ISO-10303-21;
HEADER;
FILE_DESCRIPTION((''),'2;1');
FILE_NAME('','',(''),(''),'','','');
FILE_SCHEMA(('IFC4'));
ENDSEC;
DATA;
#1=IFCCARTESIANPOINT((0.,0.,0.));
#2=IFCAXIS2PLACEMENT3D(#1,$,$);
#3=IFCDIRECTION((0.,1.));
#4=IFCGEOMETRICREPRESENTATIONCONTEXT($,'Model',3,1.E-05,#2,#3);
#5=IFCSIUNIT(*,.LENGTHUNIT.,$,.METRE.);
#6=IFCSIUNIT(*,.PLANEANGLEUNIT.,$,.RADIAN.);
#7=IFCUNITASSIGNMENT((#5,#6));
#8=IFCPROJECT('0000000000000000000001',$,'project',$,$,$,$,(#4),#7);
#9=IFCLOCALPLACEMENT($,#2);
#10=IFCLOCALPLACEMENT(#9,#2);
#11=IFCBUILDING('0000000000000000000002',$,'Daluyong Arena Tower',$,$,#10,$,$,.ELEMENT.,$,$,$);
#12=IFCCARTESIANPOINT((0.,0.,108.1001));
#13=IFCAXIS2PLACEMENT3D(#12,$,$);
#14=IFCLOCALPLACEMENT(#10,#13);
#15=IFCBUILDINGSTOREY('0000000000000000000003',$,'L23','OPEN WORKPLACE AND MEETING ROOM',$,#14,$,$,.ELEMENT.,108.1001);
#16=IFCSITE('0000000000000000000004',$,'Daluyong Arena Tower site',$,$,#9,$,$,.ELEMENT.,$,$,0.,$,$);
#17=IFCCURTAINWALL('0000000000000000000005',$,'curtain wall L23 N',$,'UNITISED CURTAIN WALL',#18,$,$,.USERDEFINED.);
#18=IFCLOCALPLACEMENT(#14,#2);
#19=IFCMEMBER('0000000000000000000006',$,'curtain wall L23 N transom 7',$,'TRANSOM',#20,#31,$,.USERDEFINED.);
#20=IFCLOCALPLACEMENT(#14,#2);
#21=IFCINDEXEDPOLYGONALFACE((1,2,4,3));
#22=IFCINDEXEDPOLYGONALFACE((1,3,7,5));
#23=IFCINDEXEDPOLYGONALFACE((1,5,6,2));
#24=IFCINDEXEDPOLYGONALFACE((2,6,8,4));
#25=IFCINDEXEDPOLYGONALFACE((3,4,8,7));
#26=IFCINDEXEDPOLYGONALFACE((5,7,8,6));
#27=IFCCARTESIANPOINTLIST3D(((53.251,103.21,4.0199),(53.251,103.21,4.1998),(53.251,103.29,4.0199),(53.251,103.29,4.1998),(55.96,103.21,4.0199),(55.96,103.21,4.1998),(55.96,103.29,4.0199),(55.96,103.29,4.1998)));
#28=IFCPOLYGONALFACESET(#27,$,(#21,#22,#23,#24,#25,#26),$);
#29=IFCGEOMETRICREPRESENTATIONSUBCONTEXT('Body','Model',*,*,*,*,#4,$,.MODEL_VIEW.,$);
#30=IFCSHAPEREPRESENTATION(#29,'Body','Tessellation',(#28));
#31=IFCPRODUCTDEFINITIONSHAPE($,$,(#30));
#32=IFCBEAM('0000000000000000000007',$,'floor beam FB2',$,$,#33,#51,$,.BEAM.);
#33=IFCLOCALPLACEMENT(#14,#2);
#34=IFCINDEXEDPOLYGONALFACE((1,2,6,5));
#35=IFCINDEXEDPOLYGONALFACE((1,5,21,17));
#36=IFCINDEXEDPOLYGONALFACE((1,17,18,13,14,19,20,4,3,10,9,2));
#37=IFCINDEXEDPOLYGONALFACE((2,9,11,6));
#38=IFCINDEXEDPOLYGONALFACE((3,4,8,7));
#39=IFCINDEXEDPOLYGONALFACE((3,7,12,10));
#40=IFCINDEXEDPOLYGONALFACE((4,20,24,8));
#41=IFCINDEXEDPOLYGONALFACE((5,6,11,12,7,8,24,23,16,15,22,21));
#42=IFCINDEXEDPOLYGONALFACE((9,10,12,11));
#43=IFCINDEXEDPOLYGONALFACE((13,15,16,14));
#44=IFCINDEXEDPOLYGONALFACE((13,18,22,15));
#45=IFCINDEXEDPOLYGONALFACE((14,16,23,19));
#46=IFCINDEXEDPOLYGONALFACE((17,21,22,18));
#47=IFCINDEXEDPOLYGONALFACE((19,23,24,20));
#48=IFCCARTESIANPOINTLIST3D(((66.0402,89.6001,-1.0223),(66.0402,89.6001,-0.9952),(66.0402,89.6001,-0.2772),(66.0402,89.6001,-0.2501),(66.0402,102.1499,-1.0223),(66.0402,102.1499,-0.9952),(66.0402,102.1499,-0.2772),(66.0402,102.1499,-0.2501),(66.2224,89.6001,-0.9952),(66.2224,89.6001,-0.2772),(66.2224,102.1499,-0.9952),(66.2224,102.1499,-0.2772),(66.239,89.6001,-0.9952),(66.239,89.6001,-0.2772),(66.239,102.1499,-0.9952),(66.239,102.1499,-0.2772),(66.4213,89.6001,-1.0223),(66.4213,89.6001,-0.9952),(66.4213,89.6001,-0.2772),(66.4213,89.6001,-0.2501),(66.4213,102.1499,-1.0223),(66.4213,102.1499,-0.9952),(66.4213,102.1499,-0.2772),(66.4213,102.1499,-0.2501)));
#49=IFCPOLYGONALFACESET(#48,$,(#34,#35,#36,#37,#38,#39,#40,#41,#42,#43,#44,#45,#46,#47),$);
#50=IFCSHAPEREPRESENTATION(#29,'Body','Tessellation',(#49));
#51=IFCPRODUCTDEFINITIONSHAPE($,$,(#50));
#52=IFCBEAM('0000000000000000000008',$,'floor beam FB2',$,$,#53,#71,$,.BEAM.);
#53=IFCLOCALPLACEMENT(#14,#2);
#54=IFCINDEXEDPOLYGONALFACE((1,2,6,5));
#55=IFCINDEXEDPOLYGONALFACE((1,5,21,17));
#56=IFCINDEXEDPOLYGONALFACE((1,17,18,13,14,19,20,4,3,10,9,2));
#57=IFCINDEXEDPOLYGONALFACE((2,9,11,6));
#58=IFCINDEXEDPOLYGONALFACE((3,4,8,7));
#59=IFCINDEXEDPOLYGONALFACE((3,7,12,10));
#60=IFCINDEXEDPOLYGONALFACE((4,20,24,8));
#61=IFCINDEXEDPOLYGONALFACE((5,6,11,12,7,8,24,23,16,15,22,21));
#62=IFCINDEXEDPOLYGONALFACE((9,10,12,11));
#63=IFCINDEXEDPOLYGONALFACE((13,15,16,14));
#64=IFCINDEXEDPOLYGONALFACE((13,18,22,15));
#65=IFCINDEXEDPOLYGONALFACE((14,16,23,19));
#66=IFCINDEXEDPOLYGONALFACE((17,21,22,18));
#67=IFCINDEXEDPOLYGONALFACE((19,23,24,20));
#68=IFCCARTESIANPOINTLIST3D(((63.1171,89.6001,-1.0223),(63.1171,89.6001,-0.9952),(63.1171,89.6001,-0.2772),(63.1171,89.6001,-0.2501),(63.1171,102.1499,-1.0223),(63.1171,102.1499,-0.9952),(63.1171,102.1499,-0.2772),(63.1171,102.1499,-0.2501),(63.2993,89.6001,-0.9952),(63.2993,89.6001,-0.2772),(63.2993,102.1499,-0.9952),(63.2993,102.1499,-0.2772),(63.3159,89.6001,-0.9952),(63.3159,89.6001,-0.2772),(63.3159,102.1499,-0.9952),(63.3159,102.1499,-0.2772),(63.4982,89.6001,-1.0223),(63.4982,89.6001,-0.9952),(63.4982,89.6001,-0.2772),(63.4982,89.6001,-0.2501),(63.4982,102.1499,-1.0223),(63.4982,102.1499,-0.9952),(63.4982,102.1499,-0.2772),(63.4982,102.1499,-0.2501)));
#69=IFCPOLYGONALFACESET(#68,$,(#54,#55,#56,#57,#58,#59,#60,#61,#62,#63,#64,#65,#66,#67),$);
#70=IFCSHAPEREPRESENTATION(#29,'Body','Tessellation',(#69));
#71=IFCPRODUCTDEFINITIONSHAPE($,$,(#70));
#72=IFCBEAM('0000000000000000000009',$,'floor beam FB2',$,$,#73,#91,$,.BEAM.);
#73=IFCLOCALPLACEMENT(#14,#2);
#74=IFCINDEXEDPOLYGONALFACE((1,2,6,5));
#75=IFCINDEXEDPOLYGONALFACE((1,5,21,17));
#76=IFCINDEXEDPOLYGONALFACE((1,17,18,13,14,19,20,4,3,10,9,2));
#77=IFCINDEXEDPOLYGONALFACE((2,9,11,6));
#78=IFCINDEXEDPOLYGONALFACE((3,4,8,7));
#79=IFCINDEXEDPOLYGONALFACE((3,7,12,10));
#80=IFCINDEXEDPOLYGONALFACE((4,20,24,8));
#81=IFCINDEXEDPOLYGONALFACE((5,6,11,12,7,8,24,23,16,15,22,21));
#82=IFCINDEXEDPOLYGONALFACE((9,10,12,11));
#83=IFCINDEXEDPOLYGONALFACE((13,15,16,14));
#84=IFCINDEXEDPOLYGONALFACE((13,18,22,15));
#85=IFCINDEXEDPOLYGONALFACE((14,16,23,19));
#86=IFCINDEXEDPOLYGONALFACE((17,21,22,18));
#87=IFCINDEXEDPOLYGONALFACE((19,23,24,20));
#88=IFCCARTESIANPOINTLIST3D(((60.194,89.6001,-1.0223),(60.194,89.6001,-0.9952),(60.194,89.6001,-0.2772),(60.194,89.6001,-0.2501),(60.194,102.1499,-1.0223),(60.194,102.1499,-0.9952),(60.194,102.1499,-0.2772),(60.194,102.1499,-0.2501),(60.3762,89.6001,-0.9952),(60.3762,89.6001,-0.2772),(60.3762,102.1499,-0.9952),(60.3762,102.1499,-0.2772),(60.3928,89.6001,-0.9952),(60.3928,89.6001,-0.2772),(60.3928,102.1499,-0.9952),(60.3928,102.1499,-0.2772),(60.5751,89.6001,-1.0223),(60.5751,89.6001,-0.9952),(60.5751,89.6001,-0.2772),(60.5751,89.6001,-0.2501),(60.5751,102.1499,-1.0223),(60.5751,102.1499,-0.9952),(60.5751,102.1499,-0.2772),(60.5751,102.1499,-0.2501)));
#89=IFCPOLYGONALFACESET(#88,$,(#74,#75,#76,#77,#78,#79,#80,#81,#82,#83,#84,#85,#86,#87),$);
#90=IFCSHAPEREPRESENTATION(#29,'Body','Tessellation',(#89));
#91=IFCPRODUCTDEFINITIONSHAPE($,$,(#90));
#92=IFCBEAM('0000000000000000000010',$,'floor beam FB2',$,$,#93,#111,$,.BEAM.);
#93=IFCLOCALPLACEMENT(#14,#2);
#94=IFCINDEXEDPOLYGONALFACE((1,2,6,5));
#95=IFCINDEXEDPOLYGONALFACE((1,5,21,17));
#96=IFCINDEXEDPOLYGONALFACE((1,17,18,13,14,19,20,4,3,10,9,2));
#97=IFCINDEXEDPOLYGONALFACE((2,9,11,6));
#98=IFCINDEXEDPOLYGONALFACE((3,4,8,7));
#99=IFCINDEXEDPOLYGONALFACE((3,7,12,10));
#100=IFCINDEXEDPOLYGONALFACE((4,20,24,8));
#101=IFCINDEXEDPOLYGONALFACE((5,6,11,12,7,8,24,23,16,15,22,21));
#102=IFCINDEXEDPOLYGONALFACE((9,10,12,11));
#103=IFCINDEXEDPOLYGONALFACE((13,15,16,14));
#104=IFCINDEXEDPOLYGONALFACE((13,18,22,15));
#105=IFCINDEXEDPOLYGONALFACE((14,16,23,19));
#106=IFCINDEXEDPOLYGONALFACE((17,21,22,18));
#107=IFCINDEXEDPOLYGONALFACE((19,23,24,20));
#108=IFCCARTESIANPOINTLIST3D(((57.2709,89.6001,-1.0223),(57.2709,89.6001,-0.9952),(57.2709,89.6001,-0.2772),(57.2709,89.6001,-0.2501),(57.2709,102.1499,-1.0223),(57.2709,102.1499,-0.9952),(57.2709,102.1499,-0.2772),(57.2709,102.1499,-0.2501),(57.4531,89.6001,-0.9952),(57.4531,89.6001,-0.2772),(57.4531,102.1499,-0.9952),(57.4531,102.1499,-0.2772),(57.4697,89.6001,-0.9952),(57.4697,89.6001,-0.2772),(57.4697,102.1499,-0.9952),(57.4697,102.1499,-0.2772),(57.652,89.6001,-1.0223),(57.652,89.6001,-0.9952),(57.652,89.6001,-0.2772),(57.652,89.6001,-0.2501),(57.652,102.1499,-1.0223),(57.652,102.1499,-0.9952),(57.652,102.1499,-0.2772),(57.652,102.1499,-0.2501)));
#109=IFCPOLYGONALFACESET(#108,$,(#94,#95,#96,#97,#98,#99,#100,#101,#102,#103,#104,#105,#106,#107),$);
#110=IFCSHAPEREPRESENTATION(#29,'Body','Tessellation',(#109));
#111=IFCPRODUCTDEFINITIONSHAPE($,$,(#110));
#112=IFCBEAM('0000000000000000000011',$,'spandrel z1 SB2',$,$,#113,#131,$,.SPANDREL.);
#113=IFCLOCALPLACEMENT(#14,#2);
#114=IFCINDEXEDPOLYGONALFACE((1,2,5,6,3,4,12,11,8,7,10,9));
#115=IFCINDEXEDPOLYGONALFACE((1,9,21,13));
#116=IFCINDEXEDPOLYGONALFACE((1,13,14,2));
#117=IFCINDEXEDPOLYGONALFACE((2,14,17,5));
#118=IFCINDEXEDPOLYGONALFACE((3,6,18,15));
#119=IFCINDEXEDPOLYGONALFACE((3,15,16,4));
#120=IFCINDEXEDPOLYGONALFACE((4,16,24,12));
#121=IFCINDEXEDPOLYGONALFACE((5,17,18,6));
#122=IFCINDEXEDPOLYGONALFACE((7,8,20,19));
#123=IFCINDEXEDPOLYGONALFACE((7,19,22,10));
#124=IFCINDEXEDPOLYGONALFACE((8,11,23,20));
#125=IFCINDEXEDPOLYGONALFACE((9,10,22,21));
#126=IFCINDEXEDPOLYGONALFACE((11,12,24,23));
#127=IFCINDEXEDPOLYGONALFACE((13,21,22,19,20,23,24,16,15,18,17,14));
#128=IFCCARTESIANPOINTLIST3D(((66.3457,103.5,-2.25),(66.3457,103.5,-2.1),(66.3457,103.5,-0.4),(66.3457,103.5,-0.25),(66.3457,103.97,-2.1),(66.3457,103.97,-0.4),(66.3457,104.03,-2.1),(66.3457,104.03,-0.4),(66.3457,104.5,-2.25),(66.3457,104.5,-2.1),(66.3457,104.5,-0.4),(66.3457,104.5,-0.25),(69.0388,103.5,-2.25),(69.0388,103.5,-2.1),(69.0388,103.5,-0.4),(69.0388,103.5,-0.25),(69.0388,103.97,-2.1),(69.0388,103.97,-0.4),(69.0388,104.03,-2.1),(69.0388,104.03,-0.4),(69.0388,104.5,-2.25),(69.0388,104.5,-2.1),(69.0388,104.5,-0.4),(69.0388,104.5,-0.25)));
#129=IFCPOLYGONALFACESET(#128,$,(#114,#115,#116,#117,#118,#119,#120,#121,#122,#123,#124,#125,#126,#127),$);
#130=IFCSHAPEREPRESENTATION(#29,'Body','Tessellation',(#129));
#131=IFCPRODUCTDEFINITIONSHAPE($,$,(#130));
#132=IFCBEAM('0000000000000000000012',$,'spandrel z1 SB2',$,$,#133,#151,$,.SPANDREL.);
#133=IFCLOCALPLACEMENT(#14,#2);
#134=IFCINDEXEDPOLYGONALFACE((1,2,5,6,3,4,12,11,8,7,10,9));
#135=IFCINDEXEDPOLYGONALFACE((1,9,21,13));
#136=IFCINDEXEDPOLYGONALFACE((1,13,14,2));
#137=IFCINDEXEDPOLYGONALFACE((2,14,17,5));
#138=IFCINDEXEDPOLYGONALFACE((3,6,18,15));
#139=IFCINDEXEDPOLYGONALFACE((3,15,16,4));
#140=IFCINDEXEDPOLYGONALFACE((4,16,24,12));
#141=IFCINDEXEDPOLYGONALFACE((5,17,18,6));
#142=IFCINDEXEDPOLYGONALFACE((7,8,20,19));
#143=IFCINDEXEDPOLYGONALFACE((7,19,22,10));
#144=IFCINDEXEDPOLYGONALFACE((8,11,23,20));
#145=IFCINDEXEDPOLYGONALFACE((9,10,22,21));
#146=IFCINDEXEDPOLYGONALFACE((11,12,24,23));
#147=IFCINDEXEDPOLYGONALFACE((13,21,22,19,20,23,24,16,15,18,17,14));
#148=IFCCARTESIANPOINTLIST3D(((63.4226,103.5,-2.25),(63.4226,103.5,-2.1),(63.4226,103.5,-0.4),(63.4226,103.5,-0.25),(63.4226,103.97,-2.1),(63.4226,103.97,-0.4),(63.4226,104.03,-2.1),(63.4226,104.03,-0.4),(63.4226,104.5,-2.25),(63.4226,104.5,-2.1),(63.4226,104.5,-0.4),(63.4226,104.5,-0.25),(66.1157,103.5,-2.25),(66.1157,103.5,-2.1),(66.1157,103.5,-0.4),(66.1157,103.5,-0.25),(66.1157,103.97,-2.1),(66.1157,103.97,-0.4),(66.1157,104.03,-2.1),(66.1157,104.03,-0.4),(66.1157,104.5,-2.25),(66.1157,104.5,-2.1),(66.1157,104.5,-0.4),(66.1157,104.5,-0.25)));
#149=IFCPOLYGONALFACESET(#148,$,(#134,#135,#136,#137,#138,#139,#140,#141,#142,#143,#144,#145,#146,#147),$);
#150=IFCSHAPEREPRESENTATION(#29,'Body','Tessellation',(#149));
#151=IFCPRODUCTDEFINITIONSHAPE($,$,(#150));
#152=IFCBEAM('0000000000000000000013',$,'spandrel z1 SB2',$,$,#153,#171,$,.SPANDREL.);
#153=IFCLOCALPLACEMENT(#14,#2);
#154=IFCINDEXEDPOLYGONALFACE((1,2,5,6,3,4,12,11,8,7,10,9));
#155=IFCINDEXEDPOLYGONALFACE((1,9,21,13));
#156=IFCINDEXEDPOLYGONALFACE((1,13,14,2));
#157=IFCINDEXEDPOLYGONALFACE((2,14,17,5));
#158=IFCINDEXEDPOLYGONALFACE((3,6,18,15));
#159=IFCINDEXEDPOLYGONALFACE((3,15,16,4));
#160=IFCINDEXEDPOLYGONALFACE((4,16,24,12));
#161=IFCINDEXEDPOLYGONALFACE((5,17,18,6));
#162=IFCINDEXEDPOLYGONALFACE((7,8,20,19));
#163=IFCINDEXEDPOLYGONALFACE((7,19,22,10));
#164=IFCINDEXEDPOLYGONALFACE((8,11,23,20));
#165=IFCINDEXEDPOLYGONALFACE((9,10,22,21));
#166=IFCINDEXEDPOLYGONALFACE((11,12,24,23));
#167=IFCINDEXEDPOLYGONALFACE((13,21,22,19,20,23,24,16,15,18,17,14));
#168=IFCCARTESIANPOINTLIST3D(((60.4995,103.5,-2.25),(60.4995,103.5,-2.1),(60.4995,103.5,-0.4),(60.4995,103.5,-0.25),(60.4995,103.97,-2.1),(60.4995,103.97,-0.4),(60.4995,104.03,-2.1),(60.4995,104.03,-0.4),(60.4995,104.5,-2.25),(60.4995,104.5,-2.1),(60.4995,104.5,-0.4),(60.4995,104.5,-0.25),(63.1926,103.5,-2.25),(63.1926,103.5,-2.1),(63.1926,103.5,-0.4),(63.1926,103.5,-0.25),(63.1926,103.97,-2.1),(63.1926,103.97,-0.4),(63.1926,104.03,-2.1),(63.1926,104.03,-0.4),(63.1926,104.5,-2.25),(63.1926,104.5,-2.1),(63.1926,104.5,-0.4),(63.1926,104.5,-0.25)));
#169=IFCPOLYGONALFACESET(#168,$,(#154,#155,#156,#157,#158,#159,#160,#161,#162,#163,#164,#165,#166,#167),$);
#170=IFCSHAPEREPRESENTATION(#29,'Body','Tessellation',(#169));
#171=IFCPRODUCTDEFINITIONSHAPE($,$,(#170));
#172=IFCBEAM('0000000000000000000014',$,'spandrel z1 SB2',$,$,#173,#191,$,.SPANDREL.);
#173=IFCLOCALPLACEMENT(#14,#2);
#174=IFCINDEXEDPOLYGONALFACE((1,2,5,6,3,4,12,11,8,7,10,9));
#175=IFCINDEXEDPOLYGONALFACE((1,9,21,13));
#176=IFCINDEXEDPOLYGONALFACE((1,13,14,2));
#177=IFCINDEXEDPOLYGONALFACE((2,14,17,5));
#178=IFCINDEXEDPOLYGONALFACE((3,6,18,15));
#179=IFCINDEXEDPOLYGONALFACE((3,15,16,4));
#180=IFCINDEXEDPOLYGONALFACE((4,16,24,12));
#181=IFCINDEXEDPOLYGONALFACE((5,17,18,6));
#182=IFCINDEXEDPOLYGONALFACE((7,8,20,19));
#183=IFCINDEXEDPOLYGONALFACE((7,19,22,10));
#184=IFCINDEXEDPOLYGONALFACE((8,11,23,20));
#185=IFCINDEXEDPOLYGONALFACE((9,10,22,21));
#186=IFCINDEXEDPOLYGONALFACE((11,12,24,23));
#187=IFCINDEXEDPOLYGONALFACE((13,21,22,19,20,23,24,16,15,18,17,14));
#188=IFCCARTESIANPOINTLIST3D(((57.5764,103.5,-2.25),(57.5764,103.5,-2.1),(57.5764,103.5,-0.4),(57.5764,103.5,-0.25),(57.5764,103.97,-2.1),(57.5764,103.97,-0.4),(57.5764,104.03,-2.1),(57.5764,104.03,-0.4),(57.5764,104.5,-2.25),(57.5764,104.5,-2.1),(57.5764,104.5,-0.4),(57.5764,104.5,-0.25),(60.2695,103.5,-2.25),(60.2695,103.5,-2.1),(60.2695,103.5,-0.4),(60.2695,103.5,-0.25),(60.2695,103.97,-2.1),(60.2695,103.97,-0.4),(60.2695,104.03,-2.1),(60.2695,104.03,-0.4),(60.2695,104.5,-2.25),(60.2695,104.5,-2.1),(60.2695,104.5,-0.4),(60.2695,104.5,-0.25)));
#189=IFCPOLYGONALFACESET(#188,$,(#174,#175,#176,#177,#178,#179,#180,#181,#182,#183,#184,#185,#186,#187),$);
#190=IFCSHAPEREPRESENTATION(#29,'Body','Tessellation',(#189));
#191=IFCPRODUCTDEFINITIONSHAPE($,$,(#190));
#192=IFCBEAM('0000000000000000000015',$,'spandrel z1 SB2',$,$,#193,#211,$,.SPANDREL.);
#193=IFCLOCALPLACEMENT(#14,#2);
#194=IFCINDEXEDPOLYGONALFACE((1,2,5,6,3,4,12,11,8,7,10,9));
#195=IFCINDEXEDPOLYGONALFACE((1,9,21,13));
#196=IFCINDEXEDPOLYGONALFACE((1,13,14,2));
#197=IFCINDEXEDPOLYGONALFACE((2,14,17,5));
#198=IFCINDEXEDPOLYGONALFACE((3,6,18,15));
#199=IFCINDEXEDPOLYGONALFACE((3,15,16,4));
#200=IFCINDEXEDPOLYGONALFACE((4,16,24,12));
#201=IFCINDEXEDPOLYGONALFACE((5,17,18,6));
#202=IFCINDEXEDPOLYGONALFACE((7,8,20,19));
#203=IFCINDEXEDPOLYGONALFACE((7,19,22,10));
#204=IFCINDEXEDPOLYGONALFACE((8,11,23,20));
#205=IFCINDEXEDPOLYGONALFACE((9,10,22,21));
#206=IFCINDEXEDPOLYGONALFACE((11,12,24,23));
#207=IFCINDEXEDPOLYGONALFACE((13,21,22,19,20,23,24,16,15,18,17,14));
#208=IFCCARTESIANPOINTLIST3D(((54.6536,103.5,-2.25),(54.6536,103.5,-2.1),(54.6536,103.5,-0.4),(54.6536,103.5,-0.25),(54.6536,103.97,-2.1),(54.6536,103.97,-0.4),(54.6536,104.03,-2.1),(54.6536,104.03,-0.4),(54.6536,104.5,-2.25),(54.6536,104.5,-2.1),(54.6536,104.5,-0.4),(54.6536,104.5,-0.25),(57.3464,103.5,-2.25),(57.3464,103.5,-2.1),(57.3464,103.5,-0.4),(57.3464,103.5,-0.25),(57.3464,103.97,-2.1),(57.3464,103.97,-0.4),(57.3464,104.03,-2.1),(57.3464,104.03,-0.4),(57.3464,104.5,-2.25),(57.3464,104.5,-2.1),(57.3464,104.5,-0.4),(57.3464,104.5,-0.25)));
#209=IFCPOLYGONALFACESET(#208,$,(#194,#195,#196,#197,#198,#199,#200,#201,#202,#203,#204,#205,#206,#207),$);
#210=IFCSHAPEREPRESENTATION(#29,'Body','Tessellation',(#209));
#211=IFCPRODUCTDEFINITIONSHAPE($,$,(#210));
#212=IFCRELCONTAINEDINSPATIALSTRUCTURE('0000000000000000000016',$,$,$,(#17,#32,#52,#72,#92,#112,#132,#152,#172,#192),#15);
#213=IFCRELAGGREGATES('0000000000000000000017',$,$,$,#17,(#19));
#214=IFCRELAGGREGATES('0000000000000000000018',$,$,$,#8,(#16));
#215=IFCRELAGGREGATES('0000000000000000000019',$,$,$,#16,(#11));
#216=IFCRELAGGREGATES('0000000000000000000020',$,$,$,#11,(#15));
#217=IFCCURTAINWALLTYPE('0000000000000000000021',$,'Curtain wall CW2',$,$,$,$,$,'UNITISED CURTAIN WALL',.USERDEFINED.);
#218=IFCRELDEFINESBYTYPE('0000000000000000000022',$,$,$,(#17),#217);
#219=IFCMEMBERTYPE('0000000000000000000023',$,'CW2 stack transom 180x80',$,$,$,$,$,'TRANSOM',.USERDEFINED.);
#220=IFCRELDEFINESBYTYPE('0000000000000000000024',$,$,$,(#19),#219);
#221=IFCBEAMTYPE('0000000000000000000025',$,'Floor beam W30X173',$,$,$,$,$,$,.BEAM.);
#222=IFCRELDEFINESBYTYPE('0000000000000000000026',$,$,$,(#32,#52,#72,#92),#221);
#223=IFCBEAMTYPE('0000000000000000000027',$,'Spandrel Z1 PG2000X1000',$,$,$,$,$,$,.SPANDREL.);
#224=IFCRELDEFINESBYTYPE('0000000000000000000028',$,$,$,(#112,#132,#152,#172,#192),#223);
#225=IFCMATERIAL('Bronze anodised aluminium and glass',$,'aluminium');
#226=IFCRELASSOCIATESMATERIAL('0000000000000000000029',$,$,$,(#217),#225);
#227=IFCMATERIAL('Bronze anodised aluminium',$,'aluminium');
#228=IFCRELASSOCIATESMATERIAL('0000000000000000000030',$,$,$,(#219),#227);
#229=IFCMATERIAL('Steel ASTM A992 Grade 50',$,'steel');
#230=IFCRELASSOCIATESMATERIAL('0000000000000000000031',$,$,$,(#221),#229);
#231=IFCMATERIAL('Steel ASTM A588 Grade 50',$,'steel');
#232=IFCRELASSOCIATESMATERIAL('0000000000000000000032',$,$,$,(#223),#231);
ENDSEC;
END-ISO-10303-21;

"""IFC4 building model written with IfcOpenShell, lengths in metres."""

from ifc_helpers import new_model, si_unit, direction, frame, origin, origin_2d, place, context, subcontext, project, spatial, rectangle, i_section, extrude, material, material_profile, profile_set, type_object, element, aggregate, save


model = new_model("IFC4")

# Units and contexts
model_context = context("Model", 3, precision=1e-05, world=origin(), true_north=direction((0.0, 1.0)))
body_context = subcontext(model_context, "Body", "Model", "MODEL_VIEW")
ifc_project = project(units=[si_unit("LENGTHUNIT", "METRE"), si_unit("PLANEANGLEUNIT", "RADIAN")], contexts=[model_context])

# Site, building, storey
site_placement = place(None, origin())
site = spatial("IfcSite", under=ifc_project, at=site_placement, Name="Daluyong Arena Tower site", CompositionType="ELEMENT", RefElevation=0.0)
building_placement = place(site_placement, origin())
building = spatial("IfcBuilding", under=site, at=building_placement, Name="Daluyong Arena Tower", CompositionType="ELEMENT")
storey_placement = place(building_placement, frame((0.0, 0.0, 108.1001)))
storey = spatial("IfcBuildingStorey", under=building, at=storey_placement, Name="L23", Description="OPEN WORKPLACE AND MEETING ROOM", CompositionType="ELEMENT", Elevation=108.1001)

# Curtain wall, member
ifc_material_1 = material(Name="Bronze anodised aluminium and glass", Category="aluminium")
curtain_wall_type = type_object("IfcCurtainWallType", Name="Curtain wall CW2", ElementType="UNITISED CURTAIN WALL", PredefinedType="USERDEFINED", material=ifc_material_1)
curtain_wall_placement = place(storey_placement, origin())
curtain_wall = element("IfcCurtainWall", 1, at=curtain_wall_placement, inside=storey, type_object=curtain_wall_type, Name="curtain wall L23 N", ObjectType="UNITISED CURTAIN WALL", PredefinedType="USERDEFINED")
ifc_material_2 = material(Name="Bronze anodised aluminium", Category="aluminium")
ifc_material_profile_1 = material_profile(ifc_material_2, rectangle(XDim=0.0801, YDim=0.1799, at=origin_2d()))
ifc_profile_set_1 = profile_set([ifc_material_profile_1], Name="Bronze anodised aluminium")
member_type_1 = type_object("IfcMemberType", Name="CW2 stack transom 180x80", ElementType="TRANSOM", PredefinedType="USERDEFINED", material=ifc_profile_set_1)
member_1_placement = place(storey_placement, frame((55.96, 103.25, 4.1099), z_axis=(-1.0, 0.0, 0.0), x_axis=(0.0, -1.0, 0.0)))
member_1 = element("IfcMember", 2, at=member_1_placement, type_object=member_type_1, Name="curtain wall L23 N transom 7", ObjectType="TRANSOM", PredefinedType="USERDEFINED", context=body_context, shape_type="SweptSolid", body=[
    extrude(rectangle(XDim=0.0801, YDim=0.1799, at=origin_2d()), origin(), (0.0, 0.0, 1.0), 2.709),
])

# Beams
ifc_material_3 = material(Name="Steel ASTM A992 Grade 50", Category="steel")
ifc_material_profile_2 = material_profile(ifc_material_3, i_section(OverallWidth=0.3811, OverallDepth=0.7722, WebThickness=0.0166, FlangeThickness=0.0271, at=origin_2d()))
ifc_profile_set_2 = profile_set([ifc_material_profile_2], Name="Steel ASTM A992 Grade 50")
beam_type_1 = type_object("IfcBeamType", Name="Floor beam W30X173", PredefinedType="BEAM", material=ifc_profile_set_2)
for number, where, z_axis, x_axis, name in (
    (3, (66.2307, 102.1499, -0.6362), (0.0, -1.0, 0.0), (1.0, 0.0, 0.0), "floor beam FB2"),
    (4, (63.3076, 102.1499, -0.6362), (0.0, -1.0, 0.0), (1.0, 0.0, 0.0), "floor beam FB2"),
    (5, (60.3845, 102.1499, -0.6362), (0.0, -1.0, 0.0), (1.0, 0.0, 0.0), "floor beam FB2"),
    (6, (57.4614, 102.1499, -0.6362), (0.0, -1.0, 0.0), (1.0, 0.0, 0.0), "floor beam FB2"),
):
    element("IfcBeam", number, at=place(storey_placement, frame(where, z_axis=z_axis, x_axis=x_axis)), inside=storey, type_object=beam_type_1, Name=name, PredefinedType="BEAM", context=body_context, shape_type="SweptSolid", body=[
        extrude(i_section(OverallWidth=0.3811, OverallDepth=0.7722, WebThickness=0.0166, FlangeThickness=0.0271, at=origin_2d()), origin(), (0.0, 0.0, 1.0), 12.5498),
    ])
ifc_material_4 = material(Name="Steel ASTM A588 Grade 50", Category="steel")
ifc_material_profile_3 = material_profile(ifc_material_4, i_section(OverallWidth=1.0, OverallDepth=2.0, WebThickness=0.06, FlangeThickness=0.15, at=origin_2d()))
ifc_profile_set_3 = profile_set([ifc_material_profile_3], Name="Steel ASTM A588 Grade 50")
beam_type_2 = type_object("IfcBeamType", Name="Spandrel Z1 PG2000X1000", PredefinedType="SPANDREL", material=ifc_profile_set_3)
for number, where, z_axis, x_axis, name in (
    (7, (69.0388, 104.0, -1.25), (-1.0, 0.0, 0.0), (0.0, -1.0, 0.0), "spandrel z1 SB2"),
    (8, (66.1157, 104.0, -1.25), (-1.0, 0.0, 0.0), (0.0, -1.0, 0.0), "spandrel z1 SB2"),
    (9, (63.1926, 104.0, -1.25), (-1.0, 0.0, 0.0), (0.0, -1.0, 0.0), "spandrel z1 SB2"),
    (10, (60.2695, 104.0, -1.25), (-1.0, 0.0, 0.0), (0.0, -1.0, 0.0), "spandrel z1 SB2"),
):
    element("IfcBeam", number, at=place(storey_placement, frame(where, z_axis=z_axis, x_axis=x_axis)), inside=storey, type_object=beam_type_2, Name=name, PredefinedType="SPANDREL", context=body_context, shape_type="SweptSolid", body=[
        extrude(i_section(OverallWidth=1.0, OverallDepth=2.0, WebThickness=0.06, FlangeThickness=0.15, at=origin_2d()), origin(), (0.0, 0.0, 1.0), 2.6931),
    ])
beam_placement = place(storey_placement, frame((57.3464, 104.0, -1.25), z_axis=(-1.0, 0.0, 0.0), x_axis=(0.0, -1.0, 0.0)))
element("IfcBeam", 11, at=beam_placement, inside=storey, type_object=beam_type_2, Name="spandrel z1 SB2", PredefinedType="SPANDREL", context=body_context, shape_type="SweptSolid", body=[
    extrude(i_section(OverallWidth=1.0, OverallDepth=2.0, WebThickness=0.06, FlangeThickness=0.15, at=origin_2d()), origin(), (0.0, 0.0, 1.0), 2.6929),
])

aggregate(curtain_wall, [member_1])

save(model, "model.ifc")
